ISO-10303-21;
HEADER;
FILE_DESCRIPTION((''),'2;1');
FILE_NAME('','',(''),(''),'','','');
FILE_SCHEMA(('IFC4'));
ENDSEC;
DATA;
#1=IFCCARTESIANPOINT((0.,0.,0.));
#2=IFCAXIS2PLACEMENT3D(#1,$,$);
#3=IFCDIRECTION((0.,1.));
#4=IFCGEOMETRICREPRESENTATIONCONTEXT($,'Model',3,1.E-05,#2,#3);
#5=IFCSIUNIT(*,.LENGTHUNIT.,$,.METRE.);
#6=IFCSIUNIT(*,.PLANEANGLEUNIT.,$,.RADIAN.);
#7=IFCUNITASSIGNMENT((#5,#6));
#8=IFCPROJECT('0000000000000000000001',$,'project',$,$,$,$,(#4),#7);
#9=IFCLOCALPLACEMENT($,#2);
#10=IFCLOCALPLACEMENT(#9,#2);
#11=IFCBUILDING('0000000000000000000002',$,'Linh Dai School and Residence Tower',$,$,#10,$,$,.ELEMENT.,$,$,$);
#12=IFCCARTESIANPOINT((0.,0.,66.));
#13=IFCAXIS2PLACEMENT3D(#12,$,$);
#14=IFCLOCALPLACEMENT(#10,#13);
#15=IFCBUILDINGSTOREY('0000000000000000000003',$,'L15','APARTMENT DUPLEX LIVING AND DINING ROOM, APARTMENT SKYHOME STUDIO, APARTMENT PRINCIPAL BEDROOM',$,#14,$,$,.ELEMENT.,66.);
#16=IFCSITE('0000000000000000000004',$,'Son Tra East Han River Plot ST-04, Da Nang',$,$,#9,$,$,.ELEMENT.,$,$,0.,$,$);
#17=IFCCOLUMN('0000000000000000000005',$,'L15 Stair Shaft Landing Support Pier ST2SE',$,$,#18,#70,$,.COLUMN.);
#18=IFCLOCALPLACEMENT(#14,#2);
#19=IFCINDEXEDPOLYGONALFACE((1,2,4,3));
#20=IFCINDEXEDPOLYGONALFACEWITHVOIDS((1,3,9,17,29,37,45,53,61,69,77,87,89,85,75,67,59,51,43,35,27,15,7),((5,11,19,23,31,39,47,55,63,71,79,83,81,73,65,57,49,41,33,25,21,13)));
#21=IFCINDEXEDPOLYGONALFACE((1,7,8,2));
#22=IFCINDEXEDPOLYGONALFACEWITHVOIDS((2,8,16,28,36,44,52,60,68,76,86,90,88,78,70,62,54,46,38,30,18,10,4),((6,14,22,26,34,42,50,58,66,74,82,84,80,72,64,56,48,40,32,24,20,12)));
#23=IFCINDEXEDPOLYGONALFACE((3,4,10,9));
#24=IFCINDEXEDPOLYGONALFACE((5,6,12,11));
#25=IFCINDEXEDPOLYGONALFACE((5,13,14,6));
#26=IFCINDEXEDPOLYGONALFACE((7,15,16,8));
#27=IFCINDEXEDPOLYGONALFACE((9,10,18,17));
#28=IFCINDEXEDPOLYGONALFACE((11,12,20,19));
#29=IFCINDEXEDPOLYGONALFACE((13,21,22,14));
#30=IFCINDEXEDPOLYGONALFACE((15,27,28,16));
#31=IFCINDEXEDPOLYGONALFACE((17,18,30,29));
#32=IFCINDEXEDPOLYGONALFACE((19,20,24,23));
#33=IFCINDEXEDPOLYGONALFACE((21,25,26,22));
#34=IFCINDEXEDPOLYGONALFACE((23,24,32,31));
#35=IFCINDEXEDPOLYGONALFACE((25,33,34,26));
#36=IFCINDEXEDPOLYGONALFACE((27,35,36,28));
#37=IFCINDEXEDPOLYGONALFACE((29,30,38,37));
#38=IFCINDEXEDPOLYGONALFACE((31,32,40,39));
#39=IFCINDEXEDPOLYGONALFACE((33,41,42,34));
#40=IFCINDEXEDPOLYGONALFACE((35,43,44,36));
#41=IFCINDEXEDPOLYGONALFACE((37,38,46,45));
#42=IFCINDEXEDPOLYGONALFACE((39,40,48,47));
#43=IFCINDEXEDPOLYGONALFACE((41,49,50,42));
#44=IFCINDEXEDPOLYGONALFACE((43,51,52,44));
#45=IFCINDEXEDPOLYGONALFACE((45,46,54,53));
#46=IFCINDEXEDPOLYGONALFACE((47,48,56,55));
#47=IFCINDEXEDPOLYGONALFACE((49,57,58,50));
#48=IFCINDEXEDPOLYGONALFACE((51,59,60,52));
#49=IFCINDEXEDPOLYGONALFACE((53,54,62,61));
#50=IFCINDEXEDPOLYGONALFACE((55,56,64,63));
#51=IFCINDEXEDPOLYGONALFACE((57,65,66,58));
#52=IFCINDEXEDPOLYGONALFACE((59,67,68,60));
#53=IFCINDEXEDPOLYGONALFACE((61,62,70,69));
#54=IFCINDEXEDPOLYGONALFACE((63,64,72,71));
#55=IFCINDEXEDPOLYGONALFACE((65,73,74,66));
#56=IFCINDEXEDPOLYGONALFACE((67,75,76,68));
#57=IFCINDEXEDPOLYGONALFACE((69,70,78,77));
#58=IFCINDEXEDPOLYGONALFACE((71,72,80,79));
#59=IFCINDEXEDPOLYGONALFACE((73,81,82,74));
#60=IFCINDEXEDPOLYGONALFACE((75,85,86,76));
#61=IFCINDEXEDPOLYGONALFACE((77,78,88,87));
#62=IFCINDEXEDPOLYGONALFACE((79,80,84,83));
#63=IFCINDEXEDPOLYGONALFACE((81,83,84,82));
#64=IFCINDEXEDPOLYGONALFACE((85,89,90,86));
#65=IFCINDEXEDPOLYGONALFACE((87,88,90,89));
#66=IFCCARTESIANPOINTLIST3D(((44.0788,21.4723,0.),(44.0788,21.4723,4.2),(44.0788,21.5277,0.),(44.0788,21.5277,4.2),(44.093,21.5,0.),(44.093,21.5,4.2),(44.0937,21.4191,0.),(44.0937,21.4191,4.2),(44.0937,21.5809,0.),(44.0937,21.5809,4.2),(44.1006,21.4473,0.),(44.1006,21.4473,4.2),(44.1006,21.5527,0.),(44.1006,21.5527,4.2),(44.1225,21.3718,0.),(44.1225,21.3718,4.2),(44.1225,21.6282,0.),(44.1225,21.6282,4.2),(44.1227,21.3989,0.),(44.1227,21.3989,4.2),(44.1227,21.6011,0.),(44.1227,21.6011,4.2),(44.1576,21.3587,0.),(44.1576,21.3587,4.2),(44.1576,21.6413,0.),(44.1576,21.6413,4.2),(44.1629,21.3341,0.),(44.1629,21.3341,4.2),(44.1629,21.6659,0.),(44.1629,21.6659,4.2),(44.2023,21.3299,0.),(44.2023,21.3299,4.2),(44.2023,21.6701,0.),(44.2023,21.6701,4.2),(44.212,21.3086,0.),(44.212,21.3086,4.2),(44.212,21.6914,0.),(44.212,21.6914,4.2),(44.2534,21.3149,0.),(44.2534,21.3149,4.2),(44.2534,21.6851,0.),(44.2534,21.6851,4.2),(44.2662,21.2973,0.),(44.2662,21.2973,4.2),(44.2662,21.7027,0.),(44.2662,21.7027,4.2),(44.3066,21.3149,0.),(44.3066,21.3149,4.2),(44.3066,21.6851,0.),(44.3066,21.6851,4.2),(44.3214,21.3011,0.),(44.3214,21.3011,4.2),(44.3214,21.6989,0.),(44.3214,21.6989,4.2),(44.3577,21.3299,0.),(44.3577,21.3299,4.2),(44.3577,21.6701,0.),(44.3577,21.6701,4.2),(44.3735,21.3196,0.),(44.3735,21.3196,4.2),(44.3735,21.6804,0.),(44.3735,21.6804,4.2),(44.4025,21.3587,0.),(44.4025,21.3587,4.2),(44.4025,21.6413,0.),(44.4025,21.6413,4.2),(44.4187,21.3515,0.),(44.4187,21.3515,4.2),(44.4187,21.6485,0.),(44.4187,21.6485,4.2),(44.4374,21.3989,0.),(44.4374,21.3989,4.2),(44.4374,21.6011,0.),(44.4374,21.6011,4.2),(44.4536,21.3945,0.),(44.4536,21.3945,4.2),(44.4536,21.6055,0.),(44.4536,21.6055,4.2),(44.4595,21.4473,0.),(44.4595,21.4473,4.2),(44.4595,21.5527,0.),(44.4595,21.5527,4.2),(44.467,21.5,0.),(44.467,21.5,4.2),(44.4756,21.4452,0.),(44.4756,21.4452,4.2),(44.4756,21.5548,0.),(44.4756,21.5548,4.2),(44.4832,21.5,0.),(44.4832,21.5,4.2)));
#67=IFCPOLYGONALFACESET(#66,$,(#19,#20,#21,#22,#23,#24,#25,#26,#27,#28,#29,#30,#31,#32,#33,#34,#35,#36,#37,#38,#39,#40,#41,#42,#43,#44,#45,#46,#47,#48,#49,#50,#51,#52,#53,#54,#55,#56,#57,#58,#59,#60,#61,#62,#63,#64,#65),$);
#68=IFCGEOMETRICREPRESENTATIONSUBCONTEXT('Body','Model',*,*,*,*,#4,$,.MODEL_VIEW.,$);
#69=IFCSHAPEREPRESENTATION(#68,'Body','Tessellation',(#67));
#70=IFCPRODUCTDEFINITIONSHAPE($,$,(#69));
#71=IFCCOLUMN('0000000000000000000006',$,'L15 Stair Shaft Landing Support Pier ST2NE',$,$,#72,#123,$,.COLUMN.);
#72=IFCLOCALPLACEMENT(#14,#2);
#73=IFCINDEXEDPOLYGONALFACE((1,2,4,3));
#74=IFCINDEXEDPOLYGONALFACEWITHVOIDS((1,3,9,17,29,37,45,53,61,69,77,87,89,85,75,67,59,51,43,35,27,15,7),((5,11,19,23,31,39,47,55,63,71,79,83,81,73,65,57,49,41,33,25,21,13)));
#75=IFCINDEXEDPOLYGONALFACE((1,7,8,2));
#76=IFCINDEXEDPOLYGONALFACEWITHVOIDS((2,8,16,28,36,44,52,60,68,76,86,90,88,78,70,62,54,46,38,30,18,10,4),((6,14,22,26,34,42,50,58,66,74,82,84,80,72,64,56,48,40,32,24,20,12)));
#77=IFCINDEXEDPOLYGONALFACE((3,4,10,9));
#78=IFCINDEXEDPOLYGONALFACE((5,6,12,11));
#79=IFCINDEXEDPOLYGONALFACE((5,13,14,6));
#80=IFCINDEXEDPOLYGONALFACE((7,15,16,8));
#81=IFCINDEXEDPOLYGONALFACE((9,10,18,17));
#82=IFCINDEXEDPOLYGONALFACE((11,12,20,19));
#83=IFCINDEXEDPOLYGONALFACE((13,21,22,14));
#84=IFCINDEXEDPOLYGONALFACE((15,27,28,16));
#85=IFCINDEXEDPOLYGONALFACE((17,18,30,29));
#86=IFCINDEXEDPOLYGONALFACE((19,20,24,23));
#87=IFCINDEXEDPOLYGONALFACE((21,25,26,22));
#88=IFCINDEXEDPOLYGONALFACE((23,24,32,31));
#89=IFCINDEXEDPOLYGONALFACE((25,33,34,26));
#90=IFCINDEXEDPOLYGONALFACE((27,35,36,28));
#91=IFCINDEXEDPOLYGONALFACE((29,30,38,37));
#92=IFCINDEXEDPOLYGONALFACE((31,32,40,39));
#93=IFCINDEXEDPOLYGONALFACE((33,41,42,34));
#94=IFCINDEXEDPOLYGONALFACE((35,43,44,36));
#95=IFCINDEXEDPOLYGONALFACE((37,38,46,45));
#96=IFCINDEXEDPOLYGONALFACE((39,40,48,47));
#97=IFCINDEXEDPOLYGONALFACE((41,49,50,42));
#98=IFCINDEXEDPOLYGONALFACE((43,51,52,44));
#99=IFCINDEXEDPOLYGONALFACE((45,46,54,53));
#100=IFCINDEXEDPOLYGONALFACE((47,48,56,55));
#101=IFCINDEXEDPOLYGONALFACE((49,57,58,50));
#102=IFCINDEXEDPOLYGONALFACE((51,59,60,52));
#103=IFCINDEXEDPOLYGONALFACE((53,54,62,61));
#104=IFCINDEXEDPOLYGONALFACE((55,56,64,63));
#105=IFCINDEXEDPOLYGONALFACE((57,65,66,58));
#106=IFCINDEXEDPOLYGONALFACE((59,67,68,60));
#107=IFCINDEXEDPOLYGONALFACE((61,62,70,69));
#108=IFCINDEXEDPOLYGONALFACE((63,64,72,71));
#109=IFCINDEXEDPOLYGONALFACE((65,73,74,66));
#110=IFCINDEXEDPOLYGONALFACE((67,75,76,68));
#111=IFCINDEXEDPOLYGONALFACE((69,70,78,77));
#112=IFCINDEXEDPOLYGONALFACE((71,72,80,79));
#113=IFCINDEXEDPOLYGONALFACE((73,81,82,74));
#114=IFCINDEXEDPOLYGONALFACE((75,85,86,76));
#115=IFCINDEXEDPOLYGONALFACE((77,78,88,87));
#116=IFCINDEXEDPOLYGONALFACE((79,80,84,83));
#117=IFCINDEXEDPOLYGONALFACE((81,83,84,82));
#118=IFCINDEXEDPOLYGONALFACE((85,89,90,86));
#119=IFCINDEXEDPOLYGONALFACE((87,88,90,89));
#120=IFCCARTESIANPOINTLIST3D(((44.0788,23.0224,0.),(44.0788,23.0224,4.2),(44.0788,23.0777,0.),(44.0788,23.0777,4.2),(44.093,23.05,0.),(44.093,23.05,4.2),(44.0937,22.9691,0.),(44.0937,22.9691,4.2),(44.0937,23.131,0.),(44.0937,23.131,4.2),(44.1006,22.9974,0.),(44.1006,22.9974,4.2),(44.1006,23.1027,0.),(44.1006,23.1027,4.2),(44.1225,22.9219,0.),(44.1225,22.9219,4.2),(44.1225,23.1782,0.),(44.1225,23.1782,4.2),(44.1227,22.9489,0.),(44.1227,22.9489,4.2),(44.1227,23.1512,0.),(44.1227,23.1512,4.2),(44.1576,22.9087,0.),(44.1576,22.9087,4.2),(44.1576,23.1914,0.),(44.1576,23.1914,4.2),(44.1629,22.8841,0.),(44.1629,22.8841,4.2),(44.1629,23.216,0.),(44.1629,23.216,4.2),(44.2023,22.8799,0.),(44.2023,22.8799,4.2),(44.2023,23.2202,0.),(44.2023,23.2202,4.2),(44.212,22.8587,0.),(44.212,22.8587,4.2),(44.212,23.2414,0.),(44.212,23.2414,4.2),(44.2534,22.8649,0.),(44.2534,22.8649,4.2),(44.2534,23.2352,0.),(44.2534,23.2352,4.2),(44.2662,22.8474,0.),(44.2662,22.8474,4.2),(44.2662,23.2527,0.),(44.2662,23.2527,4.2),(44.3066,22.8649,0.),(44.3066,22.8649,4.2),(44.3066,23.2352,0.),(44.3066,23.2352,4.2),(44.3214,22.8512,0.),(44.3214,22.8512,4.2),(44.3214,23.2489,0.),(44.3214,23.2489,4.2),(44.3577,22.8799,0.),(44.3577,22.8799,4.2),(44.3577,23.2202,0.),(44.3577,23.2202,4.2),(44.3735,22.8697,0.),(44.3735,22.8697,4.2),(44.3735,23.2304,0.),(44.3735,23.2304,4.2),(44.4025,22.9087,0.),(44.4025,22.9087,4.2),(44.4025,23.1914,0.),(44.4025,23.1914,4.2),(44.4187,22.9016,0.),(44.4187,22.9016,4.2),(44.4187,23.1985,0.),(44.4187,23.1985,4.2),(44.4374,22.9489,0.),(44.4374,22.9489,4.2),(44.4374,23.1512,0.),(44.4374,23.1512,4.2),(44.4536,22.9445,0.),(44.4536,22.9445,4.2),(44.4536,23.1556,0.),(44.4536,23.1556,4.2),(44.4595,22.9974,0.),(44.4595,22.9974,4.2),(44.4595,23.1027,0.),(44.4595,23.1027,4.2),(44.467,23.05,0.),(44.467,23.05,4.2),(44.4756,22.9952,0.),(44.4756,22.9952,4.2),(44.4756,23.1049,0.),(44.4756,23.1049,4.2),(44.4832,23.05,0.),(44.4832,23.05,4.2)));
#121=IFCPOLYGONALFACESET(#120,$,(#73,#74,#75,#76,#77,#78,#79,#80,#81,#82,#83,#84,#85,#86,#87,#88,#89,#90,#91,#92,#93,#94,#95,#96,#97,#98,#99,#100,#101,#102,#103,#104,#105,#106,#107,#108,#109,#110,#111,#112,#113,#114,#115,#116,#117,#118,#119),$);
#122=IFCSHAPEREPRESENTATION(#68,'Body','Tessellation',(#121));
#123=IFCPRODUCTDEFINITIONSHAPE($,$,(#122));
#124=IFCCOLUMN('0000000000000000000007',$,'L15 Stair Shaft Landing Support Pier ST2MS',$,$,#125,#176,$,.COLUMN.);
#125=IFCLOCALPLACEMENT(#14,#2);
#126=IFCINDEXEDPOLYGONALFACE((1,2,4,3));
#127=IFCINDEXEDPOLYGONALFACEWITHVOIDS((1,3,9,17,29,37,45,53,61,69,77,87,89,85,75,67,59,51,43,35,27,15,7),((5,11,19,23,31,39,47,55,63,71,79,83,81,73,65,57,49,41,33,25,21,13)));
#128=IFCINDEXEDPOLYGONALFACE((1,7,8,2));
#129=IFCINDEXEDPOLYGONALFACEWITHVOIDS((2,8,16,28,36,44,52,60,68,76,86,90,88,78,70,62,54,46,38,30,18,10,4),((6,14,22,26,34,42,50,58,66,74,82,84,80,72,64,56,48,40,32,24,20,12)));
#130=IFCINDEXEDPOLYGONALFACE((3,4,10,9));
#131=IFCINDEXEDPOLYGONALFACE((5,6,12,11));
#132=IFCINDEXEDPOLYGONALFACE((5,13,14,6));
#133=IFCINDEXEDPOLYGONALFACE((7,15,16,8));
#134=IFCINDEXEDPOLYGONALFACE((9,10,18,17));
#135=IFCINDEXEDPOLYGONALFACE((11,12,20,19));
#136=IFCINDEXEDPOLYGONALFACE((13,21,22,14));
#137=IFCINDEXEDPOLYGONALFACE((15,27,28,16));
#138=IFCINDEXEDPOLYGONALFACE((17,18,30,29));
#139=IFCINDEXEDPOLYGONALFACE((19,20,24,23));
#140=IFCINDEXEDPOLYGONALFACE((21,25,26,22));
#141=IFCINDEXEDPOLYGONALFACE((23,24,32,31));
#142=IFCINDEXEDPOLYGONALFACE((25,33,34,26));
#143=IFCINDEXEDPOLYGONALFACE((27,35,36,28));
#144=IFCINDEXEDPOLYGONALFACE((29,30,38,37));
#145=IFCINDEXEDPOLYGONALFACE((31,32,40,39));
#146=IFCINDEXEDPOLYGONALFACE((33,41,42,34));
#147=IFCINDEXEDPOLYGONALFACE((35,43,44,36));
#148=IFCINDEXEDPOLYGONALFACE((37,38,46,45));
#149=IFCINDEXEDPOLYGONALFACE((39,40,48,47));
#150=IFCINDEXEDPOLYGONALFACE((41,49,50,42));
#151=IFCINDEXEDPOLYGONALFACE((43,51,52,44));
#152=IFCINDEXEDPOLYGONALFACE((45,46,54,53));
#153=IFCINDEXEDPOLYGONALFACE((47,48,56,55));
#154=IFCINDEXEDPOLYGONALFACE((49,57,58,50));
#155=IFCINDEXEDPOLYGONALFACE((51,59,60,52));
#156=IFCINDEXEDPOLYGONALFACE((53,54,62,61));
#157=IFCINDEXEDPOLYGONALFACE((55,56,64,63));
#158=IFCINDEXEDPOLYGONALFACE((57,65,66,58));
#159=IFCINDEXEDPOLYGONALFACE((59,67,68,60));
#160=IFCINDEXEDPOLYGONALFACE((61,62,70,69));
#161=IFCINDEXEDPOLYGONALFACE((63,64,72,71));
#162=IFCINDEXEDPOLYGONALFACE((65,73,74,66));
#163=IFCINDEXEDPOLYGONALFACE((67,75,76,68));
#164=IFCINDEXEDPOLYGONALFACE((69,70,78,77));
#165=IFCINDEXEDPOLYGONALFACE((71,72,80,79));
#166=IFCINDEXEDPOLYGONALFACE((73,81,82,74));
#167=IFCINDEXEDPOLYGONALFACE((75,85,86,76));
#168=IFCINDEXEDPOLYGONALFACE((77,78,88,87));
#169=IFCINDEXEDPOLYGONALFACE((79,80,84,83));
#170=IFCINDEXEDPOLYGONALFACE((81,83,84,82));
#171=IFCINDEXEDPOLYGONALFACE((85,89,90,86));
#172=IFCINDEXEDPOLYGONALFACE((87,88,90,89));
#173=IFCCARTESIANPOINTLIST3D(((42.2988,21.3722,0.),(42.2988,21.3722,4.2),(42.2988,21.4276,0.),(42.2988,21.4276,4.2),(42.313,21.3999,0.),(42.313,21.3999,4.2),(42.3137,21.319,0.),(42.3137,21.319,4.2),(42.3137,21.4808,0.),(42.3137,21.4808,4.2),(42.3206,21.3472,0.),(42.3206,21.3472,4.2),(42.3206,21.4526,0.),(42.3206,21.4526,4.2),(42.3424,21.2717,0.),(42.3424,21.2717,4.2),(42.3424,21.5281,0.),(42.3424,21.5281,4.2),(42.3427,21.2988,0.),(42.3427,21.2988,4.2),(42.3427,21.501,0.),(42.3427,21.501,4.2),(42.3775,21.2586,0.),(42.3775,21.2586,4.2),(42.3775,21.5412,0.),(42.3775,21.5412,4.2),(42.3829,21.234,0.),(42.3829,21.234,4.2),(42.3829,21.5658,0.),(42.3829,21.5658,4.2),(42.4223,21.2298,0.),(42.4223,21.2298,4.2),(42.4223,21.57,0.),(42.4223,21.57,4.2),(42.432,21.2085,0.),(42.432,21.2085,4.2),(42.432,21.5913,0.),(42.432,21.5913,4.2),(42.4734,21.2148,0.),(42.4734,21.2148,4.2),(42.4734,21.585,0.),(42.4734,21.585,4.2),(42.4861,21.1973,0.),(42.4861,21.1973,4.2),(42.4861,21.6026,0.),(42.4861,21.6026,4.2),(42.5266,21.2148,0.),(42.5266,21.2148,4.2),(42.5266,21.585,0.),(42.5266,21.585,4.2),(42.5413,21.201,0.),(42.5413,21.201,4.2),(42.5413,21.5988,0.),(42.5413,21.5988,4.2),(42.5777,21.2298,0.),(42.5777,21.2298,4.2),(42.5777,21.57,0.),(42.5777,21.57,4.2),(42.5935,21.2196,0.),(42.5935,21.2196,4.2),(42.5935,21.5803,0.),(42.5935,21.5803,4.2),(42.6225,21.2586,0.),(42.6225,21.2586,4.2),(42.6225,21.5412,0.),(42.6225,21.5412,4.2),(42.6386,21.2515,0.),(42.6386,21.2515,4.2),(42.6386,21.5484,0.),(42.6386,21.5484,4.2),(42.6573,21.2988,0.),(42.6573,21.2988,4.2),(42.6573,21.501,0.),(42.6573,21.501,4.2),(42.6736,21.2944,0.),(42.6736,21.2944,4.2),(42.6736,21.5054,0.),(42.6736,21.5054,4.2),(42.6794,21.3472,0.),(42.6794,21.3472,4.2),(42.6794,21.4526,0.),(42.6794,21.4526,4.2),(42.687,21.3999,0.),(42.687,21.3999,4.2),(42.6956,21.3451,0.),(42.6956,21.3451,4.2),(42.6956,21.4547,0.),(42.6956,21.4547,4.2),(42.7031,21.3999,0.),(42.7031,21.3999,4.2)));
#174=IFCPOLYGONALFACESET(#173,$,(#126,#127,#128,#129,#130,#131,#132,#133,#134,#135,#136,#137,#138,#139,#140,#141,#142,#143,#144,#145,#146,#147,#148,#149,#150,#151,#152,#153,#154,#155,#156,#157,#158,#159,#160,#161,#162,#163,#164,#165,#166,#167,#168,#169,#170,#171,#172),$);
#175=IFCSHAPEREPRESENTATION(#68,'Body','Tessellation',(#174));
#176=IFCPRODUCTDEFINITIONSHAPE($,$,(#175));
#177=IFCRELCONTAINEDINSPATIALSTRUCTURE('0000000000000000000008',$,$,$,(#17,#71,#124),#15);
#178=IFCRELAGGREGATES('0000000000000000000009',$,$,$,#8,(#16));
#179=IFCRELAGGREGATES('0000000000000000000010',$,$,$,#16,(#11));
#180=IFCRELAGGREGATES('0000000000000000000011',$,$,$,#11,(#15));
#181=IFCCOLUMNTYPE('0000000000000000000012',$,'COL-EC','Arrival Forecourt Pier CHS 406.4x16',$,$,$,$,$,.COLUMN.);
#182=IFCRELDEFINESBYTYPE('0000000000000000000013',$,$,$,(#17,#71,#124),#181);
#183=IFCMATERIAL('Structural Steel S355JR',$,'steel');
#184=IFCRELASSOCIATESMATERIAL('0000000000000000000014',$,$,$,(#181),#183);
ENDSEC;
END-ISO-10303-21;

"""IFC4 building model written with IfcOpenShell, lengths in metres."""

from ifc_helpers import new_model, si_unit, direction, frame, origin, origin_2d, place, context, subcontext, project, spatial, hollow_circle, extrude, material, material_profile, profile_set, type_object, element, save


model = new_model("IFC4")

# Units and contexts
model_context = context("Model", 3, precision=1e-05, world=origin(), true_north=direction((0.0, 1.0)))
body_context = subcontext(model_context, "Body", "Model", "MODEL_VIEW")
ifc_project = project(units=[si_unit("LENGTHUNIT", "METRE"), si_unit("PLANEANGLEUNIT", "RADIAN")], contexts=[model_context])

# Site, building, storey
site_placement = place(None, origin())
site = spatial("IfcSite", under=ifc_project, at=site_placement, Name="Son Tra East Han River Plot ST-04, Da Nang", CompositionType="ELEMENT", RefElevation=0.0)
building_placement = place(site_placement, origin())
building = spatial("IfcBuilding", under=site, at=building_placement, Name="Linh Dai School and Residence Tower", CompositionType="ELEMENT")
storey_placement = place(building_placement, frame((0.0, 0.0, 66.0)))
storey = spatial("IfcBuildingStorey", under=building, at=storey_placement, Name="L15", Description="APARTMENT DUPLEX LIVING AND DINING ROOM, APARTMENT SKYHOME STUDIO, APARTMENT PRINCIPAL BEDROOM", CompositionType="ELEMENT", Elevation=66.0)

# Columns
ifc_material_1 = material(Name="Structural Steel S355JR", Category="steel")
ifc_material_profile_1 = material_profile(ifc_material_1, hollow_circle(Radius=0.2031, WallThickness=0.0161, at=origin_2d()), Name="CHS 406.4x16")
ifc_profile_set_1 = profile_set([ifc_material_profile_1], Name="Structural Steel S355JR")
column_type_1 = type_object("IfcColumnType", Name="COL-EC", Description="Arrival Forecourt Pier CHS 406.4x16", PredefinedType="COLUMN", material=ifc_profile_set_1)
for number, where, z_axis, x_axis, name in (
    (1, (44.28, 21.5, 0.0), (0.0, 0.0, 1.0), (1.0, 0.0, 0.0), "L15 Stair Shaft Landing Support Pier ST2SE"),
    (2, (44.28, 23.05, 0.0), (0.0, 0.0, 1.0), (1.0, 0.0, 0.0), "L15 Stair Shaft Landing Support Pier ST2NE"),
    (3, (42.5, 21.3999, 0.0), (0.0, 0.0, 1.0), (1.0, 0.0, 0.0), "L15 Stair Shaft Landing Support Pier ST2MS"),
):
    element("IfcColumn", number, at=place(storey_placement, frame(where, z_axis=z_axis, x_axis=x_axis)), inside=storey, type_object=column_type_1, Name=name, PredefinedType="COLUMN", context=body_context, shape_type="SweptSolid", body=[
        extrude(hollow_circle(Radius=0.2031, WallThickness=0.0161, at=origin_2d()), origin(), (0.0, 0.0, 1.0), 4.2),
    ])

save(model, "model.ifc")
